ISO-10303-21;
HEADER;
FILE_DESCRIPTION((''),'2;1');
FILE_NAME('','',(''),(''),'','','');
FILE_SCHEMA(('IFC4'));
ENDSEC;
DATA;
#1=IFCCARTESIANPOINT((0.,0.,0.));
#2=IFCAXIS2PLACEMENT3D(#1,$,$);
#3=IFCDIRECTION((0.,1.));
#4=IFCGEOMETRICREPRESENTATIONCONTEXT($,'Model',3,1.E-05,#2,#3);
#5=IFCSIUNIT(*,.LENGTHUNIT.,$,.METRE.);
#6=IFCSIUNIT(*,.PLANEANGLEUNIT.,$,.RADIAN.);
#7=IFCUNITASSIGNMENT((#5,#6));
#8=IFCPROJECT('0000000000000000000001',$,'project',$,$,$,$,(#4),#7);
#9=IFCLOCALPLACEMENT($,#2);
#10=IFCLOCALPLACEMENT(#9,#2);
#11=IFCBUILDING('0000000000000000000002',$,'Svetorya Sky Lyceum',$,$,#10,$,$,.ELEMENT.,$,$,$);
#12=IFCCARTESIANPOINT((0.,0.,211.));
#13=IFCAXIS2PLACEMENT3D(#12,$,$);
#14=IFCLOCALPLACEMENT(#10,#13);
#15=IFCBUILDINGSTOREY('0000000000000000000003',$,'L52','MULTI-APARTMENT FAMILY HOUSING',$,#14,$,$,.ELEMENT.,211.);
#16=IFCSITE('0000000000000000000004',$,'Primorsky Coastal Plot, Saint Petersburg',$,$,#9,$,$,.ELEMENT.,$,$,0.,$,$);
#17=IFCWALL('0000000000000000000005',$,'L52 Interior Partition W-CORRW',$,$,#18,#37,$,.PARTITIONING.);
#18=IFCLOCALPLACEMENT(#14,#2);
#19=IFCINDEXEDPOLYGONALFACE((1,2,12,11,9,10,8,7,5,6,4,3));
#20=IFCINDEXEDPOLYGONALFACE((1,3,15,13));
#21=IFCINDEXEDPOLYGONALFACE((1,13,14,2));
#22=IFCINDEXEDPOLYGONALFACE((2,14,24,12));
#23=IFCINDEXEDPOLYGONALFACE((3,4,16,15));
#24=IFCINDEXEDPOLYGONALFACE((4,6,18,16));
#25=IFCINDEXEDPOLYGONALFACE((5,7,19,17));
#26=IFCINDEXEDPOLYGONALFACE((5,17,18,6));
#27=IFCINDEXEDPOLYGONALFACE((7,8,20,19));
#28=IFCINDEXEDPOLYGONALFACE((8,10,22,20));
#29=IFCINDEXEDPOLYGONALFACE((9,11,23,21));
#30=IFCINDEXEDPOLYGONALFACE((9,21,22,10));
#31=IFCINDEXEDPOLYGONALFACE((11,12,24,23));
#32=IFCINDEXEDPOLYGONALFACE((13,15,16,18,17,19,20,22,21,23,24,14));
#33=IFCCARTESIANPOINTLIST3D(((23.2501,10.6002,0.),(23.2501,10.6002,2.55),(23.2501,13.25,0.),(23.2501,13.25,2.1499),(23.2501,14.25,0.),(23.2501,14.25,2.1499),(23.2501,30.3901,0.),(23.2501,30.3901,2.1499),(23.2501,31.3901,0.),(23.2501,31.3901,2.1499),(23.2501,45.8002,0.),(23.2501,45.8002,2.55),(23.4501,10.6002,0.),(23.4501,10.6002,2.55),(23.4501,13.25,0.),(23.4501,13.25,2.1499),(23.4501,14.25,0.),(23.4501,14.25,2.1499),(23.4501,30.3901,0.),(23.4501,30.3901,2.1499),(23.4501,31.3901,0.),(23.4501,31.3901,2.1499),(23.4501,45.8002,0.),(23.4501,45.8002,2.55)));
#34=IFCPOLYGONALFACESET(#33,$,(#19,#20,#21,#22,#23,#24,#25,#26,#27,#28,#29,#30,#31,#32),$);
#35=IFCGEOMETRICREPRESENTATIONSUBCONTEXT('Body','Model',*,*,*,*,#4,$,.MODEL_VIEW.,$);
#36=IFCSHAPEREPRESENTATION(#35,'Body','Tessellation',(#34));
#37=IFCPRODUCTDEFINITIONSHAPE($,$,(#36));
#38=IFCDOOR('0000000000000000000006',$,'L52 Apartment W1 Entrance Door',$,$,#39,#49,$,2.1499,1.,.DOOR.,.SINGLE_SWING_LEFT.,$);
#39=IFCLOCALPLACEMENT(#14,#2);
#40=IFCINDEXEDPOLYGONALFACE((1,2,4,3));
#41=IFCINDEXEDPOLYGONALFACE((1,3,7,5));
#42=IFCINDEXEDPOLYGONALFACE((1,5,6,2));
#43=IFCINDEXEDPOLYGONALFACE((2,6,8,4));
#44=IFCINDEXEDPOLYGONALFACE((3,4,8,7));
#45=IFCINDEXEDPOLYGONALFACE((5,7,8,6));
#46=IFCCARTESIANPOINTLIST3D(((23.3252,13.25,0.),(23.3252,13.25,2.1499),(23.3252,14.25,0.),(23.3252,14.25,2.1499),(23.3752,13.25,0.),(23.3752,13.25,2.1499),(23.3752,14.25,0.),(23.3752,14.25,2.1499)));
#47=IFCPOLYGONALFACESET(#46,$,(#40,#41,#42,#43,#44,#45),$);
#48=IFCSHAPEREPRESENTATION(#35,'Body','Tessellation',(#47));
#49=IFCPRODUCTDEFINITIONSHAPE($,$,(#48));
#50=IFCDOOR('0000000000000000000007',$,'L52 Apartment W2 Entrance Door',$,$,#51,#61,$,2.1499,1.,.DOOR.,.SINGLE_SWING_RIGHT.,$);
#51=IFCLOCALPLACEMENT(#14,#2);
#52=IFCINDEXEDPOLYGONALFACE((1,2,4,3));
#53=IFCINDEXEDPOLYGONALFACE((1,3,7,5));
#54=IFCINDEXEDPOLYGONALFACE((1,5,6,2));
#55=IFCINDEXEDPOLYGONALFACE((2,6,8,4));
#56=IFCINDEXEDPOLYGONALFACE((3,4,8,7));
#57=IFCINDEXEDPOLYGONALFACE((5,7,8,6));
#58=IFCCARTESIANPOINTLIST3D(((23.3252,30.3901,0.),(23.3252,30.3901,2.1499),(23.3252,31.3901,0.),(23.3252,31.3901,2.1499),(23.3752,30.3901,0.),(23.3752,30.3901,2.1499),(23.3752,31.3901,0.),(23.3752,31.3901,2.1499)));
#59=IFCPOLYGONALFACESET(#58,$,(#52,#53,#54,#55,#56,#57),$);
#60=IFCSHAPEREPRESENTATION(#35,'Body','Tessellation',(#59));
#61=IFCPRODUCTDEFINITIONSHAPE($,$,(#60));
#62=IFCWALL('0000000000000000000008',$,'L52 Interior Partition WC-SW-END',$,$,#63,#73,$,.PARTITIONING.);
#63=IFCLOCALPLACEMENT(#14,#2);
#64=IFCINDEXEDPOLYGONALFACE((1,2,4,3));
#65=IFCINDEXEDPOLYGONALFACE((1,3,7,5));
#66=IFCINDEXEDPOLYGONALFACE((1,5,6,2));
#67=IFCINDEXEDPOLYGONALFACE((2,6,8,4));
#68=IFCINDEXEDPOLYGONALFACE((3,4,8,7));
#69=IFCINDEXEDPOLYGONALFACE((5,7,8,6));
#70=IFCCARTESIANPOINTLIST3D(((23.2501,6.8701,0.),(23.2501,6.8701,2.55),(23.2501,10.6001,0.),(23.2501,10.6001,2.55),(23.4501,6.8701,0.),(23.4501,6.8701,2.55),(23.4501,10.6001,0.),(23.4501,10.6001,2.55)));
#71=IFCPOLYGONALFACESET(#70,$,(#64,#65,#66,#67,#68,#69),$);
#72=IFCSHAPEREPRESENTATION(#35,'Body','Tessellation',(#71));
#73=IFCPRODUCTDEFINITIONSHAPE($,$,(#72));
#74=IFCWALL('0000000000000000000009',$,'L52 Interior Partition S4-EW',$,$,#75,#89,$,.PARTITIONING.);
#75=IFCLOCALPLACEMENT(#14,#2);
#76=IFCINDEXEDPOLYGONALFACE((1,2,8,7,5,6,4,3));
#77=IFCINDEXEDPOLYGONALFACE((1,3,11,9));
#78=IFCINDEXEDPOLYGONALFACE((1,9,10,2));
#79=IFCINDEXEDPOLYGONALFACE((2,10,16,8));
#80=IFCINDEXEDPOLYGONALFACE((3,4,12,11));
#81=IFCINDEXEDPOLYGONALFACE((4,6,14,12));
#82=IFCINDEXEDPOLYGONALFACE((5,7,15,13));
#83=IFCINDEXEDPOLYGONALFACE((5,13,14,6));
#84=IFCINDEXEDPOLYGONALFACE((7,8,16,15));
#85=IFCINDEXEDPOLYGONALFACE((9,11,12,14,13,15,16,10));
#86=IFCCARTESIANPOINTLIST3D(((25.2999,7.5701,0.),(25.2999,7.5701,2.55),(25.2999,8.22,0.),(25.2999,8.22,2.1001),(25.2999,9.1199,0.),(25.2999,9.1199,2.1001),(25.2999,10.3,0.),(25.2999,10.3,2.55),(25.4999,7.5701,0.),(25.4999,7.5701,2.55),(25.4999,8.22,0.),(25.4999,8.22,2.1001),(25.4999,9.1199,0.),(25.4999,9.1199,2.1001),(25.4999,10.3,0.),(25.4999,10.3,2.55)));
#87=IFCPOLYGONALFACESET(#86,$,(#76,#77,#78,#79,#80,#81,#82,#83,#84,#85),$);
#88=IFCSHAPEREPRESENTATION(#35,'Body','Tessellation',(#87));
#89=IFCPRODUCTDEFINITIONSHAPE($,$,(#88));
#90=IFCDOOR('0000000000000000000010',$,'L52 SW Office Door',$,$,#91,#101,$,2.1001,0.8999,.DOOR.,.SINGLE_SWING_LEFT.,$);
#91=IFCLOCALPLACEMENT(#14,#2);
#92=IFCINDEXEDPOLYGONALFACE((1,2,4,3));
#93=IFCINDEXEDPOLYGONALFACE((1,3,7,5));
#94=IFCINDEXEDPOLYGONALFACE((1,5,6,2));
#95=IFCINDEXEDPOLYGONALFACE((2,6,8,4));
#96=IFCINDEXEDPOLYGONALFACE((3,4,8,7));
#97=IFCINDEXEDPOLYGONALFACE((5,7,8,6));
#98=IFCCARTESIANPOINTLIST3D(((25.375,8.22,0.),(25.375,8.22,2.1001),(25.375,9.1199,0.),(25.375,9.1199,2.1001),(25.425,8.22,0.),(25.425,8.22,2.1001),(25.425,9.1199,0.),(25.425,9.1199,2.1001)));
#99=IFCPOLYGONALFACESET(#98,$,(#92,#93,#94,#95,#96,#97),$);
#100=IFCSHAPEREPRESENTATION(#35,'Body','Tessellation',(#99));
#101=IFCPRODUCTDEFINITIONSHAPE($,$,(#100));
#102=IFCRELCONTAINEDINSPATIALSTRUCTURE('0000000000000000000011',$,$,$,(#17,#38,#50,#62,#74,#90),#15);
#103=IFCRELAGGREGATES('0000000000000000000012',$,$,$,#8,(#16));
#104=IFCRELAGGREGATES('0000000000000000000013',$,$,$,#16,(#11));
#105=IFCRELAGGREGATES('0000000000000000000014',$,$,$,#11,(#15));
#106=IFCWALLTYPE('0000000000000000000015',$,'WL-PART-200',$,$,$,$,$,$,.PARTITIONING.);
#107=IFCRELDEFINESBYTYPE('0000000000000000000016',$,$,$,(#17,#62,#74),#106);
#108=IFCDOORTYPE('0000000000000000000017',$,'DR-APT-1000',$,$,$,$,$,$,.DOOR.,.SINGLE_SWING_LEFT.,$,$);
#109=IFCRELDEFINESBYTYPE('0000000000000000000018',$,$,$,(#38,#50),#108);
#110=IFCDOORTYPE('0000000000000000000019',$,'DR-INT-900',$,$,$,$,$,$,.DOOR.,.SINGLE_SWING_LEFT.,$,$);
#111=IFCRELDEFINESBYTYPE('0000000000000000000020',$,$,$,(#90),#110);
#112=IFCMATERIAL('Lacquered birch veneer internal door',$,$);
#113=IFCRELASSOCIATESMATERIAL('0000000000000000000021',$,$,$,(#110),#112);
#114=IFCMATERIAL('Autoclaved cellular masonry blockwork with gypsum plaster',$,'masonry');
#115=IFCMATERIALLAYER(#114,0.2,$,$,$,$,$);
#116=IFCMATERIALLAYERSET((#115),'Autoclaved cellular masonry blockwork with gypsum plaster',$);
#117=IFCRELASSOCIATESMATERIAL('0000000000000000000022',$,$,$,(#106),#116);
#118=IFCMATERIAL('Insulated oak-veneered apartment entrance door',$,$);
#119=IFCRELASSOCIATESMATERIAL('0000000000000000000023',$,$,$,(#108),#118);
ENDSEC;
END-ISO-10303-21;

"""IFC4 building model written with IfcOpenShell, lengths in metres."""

from ifc_helpers import new_model, si_unit, direction, frame, frame_2d, origin, place, context, subcontext, project, spatial, rectangle, extrude, material, layer, layer_set, type_object, element, fill, save


model = new_model("IFC4")

# Units and contexts
model_context = context("Model", 3, precision=1e-05, world=origin(), true_north=direction((0.0, 1.0)))
body_context = subcontext(model_context, "Body", "Model", "MODEL_VIEW")
ifc_project = project(units=[si_unit("LENGTHUNIT", "METRE"), si_unit("PLANEANGLEUNIT", "RADIAN")], contexts=[model_context])

# Site, building, storey
site_placement = place(None, origin())
site = spatial("IfcSite", under=ifc_project, at=site_placement, Name="Primorsky Coastal Plot, Saint Petersburg", CompositionType="ELEMENT", RefElevation=0.0)
building_placement = place(site_placement, origin())
building = spatial("IfcBuilding", under=site, at=building_placement, Name="Svetorya Sky Lyceum", CompositionType="ELEMENT")
storey_placement = place(building_placement, frame((0.0, 0.0, 211.0)))
storey = spatial("IfcBuildingStorey", under=building, at=storey_placement, Name="L52", Description="MULTI-APARTMENT FAMILY HOUSING", CompositionType="ELEMENT", Elevation=211.0)

# Shared definitions
ifc_material_1 = material(Name="Lacquered birch veneer internal door")
door_type_1 = type_object("IfcDoorType", Name="DR-INT-900", OperationType="SINGLE_SWING_LEFT", PredefinedType="DOOR", material=ifc_material_1)

# Shared definitions
ifc_material_2 = material(Name="Autoclaved cellular masonry blockwork with gypsum plaster", Category="masonry")
ifc_layer_1 = layer(ifc_material_2, 0.2)
ifc_layer_set_1 = layer_set([ifc_layer_1], Name="Autoclaved cellular masonry blockwork with gypsum plaster")
wall_type_1 = type_object("IfcWallType", Name="WL-PART-200", PredefinedType="PARTITIONING", material=ifc_layer_set_1)

# Wall, openings, doors
wall_1_placement = place(storey_placement, frame((23.3501, 10.6001, 0.0), z_axis=(0.0, 0.0, 1.0), x_axis=(0.0, 1.0, 0.0)))
wall_1 = element("IfcWall", 1, at=wall_1_placement, inside=storey, type_object=wall_type_1, Name="L52 Interior Partition W-CORRW", PredefinedType="PARTITIONING", context=body_context, shape_type="SweptSolid", body=[
    extrude(rectangle(XDim=35.2, YDim=0.2, at=frame_2d((17.6001, 0.0))), origin(), (0.0, 0.0, 1.0), 2.55),
])
opening_1_placement = place(wall_1_placement, frame((2.6499, 0.0, 0.0)))
opening_1 = element("IfcOpeningElement", 2, at=opening_1_placement, cuts=wall_1, PredefinedType="OPENING", context=body_context, shape_type="SweptSolid", body=[
    extrude(rectangle(XDim=1.0, YDim=2.1499, at=frame_2d((0.5, 1.075))), frame((0.0, 0.1099, 0.0), z_axis=(0.0, -1.0, 0.0), x_axis=(1.0, 0.0, 0.0)), (0.0, 0.0, 1.0), 0.22),
])
opening_2_placement = place(wall_1_placement, frame((19.79, 0.0, 0.0)))
opening_2 = element("IfcOpeningElement", 3, at=opening_2_placement, cuts=wall_1, PredefinedType="OPENING", context=body_context, shape_type="SweptSolid", body=[
    extrude(rectangle(XDim=1.0, YDim=2.1499, at=frame_2d((0.5, 1.075))), frame((0.0, 0.1099, 0.0), z_axis=(0.0, -1.0, 0.0), x_axis=(1.0, 0.0, 0.0)), (0.0, 0.0, 1.0), 0.22),
])
ifc_material_3 = material(Name="Insulated oak-veneered apartment entrance door")
door_type_2 = type_object("IfcDoorType", Name="DR-APT-1000", OperationType="SINGLE_SWING_LEFT", PredefinedType="DOOR", material=ifc_material_3)
door_1_placement = place(opening_1_placement, origin())
door_1 = element("IfcDoor", 4, at=door_1_placement, inside=storey, type_object=door_type_2, Name="L52 Apartment W1 Entrance Door", OperationType="SINGLE_SWING_LEFT", OverallHeight=2.1499, OverallWidth=1.0, PredefinedType="DOOR", context=body_context, shape_type="SweptSolid", body=[
    extrude(rectangle(XDim=1.0, YDim=2.1499, at=frame_2d((0.5, 1.075))), frame((0.0, 0.0249, 0.0), z_axis=(0.0, -1.0, 0.0), x_axis=(1.0, 0.0, 0.0)), (0.0, 0.0, 1.0), 0.05),
])
fill(opening_1, door_1)
door_2_placement = place(opening_2_placement, origin())
door_2 = element("IfcDoor", 5, at=door_2_placement, inside=storey, type_object=door_type_2, Name="L52 Apartment W2 Entrance Door", OperationType="SINGLE_SWING_RIGHT", OverallHeight=2.1499, OverallWidth=1.0, PredefinedType="DOOR", context=body_context, shape_type="SweptSolid", body=[
    extrude(rectangle(XDim=1.0, YDim=2.1499, at=frame_2d((0.5, 1.075))), frame((0.0, 0.0249, 0.0), z_axis=(0.0, -1.0, 0.0), x_axis=(1.0, 0.0, 0.0)), (0.0, 0.0, 1.0), 0.05),
])
fill(opening_2, door_2)

# Wall
wall_2_placement = place(storey_placement, frame((23.3501, 6.8701, 0.0), z_axis=(0.0, 0.0, 1.0), x_axis=(0.0, 1.0, 0.0)))
element("IfcWall", 6, at=wall_2_placement, inside=storey, type_object=wall_type_1, Name="L52 Interior Partition WC-SW-END", PredefinedType="PARTITIONING", context=body_context, shape_type="SweptSolid", body=[
    extrude(rectangle(XDim=3.73, YDim=0.2, at=frame_2d((1.865, 0.0))), origin(), (0.0, 0.0, 1.0), 2.55),
])

# Wall, opening, door
wall_3_placement = place(storey_placement, frame((25.3999, 7.5701, 0.0), z_axis=(0.0, 0.0, 1.0), x_axis=(0.0, 1.0, 0.0)))
wall_3 = element("IfcWall", 7, at=wall_3_placement, inside=storey, type_object=wall_type_1, Name="L52 Interior Partition S4-EW", PredefinedType="PARTITIONING", context=body_context, shape_type="SweptSolid", body=[
    extrude(rectangle(XDim=2.73, YDim=0.2, at=frame_2d((1.365, 0.0))), origin(), (0.0, 0.0, 1.0), 2.55),
])
opening_3_placement = place(wall_3_placement, frame((0.6499, 0.0, 0.0)))
opening_3 = element("IfcOpeningElement", 8, at=opening_3_placement, cuts=wall_3, PredefinedType="OPENING", context=body_context, shape_type="SweptSolid", body=[
    extrude(rectangle(XDim=0.8999, YDim=2.1001, at=frame_2d((0.45, 1.05))), frame((0.0, 0.1099, 0.0), z_axis=(0.0, -1.0, 0.0), x_axis=(1.0, 0.0, 0.0)), (0.0, 0.0, 1.0), 0.22),
])
door_3_placement = place(opening_3_placement, origin())
door_3 = element("IfcDoor", 9, at=door_3_placement, inside=storey, type_object=door_type_1, Name="L52 SW Office Door", OperationType="SINGLE_SWING_LEFT", OverallHeight=2.1001, OverallWidth=0.8999, PredefinedType="DOOR", context=body_context, shape_type="SweptSolid", body=[
    extrude(rectangle(XDim=0.8999, YDim=2.1001, at=frame_2d((0.45, 1.05))), frame((0.0, 0.0249, 0.0), z_axis=(0.0, -1.0, 0.0), x_axis=(1.0, 0.0, 0.0)), (0.0, 0.0, 1.0), 0.05),
])
fill(opening_3, door_3)

save(model, "model.ifc")
